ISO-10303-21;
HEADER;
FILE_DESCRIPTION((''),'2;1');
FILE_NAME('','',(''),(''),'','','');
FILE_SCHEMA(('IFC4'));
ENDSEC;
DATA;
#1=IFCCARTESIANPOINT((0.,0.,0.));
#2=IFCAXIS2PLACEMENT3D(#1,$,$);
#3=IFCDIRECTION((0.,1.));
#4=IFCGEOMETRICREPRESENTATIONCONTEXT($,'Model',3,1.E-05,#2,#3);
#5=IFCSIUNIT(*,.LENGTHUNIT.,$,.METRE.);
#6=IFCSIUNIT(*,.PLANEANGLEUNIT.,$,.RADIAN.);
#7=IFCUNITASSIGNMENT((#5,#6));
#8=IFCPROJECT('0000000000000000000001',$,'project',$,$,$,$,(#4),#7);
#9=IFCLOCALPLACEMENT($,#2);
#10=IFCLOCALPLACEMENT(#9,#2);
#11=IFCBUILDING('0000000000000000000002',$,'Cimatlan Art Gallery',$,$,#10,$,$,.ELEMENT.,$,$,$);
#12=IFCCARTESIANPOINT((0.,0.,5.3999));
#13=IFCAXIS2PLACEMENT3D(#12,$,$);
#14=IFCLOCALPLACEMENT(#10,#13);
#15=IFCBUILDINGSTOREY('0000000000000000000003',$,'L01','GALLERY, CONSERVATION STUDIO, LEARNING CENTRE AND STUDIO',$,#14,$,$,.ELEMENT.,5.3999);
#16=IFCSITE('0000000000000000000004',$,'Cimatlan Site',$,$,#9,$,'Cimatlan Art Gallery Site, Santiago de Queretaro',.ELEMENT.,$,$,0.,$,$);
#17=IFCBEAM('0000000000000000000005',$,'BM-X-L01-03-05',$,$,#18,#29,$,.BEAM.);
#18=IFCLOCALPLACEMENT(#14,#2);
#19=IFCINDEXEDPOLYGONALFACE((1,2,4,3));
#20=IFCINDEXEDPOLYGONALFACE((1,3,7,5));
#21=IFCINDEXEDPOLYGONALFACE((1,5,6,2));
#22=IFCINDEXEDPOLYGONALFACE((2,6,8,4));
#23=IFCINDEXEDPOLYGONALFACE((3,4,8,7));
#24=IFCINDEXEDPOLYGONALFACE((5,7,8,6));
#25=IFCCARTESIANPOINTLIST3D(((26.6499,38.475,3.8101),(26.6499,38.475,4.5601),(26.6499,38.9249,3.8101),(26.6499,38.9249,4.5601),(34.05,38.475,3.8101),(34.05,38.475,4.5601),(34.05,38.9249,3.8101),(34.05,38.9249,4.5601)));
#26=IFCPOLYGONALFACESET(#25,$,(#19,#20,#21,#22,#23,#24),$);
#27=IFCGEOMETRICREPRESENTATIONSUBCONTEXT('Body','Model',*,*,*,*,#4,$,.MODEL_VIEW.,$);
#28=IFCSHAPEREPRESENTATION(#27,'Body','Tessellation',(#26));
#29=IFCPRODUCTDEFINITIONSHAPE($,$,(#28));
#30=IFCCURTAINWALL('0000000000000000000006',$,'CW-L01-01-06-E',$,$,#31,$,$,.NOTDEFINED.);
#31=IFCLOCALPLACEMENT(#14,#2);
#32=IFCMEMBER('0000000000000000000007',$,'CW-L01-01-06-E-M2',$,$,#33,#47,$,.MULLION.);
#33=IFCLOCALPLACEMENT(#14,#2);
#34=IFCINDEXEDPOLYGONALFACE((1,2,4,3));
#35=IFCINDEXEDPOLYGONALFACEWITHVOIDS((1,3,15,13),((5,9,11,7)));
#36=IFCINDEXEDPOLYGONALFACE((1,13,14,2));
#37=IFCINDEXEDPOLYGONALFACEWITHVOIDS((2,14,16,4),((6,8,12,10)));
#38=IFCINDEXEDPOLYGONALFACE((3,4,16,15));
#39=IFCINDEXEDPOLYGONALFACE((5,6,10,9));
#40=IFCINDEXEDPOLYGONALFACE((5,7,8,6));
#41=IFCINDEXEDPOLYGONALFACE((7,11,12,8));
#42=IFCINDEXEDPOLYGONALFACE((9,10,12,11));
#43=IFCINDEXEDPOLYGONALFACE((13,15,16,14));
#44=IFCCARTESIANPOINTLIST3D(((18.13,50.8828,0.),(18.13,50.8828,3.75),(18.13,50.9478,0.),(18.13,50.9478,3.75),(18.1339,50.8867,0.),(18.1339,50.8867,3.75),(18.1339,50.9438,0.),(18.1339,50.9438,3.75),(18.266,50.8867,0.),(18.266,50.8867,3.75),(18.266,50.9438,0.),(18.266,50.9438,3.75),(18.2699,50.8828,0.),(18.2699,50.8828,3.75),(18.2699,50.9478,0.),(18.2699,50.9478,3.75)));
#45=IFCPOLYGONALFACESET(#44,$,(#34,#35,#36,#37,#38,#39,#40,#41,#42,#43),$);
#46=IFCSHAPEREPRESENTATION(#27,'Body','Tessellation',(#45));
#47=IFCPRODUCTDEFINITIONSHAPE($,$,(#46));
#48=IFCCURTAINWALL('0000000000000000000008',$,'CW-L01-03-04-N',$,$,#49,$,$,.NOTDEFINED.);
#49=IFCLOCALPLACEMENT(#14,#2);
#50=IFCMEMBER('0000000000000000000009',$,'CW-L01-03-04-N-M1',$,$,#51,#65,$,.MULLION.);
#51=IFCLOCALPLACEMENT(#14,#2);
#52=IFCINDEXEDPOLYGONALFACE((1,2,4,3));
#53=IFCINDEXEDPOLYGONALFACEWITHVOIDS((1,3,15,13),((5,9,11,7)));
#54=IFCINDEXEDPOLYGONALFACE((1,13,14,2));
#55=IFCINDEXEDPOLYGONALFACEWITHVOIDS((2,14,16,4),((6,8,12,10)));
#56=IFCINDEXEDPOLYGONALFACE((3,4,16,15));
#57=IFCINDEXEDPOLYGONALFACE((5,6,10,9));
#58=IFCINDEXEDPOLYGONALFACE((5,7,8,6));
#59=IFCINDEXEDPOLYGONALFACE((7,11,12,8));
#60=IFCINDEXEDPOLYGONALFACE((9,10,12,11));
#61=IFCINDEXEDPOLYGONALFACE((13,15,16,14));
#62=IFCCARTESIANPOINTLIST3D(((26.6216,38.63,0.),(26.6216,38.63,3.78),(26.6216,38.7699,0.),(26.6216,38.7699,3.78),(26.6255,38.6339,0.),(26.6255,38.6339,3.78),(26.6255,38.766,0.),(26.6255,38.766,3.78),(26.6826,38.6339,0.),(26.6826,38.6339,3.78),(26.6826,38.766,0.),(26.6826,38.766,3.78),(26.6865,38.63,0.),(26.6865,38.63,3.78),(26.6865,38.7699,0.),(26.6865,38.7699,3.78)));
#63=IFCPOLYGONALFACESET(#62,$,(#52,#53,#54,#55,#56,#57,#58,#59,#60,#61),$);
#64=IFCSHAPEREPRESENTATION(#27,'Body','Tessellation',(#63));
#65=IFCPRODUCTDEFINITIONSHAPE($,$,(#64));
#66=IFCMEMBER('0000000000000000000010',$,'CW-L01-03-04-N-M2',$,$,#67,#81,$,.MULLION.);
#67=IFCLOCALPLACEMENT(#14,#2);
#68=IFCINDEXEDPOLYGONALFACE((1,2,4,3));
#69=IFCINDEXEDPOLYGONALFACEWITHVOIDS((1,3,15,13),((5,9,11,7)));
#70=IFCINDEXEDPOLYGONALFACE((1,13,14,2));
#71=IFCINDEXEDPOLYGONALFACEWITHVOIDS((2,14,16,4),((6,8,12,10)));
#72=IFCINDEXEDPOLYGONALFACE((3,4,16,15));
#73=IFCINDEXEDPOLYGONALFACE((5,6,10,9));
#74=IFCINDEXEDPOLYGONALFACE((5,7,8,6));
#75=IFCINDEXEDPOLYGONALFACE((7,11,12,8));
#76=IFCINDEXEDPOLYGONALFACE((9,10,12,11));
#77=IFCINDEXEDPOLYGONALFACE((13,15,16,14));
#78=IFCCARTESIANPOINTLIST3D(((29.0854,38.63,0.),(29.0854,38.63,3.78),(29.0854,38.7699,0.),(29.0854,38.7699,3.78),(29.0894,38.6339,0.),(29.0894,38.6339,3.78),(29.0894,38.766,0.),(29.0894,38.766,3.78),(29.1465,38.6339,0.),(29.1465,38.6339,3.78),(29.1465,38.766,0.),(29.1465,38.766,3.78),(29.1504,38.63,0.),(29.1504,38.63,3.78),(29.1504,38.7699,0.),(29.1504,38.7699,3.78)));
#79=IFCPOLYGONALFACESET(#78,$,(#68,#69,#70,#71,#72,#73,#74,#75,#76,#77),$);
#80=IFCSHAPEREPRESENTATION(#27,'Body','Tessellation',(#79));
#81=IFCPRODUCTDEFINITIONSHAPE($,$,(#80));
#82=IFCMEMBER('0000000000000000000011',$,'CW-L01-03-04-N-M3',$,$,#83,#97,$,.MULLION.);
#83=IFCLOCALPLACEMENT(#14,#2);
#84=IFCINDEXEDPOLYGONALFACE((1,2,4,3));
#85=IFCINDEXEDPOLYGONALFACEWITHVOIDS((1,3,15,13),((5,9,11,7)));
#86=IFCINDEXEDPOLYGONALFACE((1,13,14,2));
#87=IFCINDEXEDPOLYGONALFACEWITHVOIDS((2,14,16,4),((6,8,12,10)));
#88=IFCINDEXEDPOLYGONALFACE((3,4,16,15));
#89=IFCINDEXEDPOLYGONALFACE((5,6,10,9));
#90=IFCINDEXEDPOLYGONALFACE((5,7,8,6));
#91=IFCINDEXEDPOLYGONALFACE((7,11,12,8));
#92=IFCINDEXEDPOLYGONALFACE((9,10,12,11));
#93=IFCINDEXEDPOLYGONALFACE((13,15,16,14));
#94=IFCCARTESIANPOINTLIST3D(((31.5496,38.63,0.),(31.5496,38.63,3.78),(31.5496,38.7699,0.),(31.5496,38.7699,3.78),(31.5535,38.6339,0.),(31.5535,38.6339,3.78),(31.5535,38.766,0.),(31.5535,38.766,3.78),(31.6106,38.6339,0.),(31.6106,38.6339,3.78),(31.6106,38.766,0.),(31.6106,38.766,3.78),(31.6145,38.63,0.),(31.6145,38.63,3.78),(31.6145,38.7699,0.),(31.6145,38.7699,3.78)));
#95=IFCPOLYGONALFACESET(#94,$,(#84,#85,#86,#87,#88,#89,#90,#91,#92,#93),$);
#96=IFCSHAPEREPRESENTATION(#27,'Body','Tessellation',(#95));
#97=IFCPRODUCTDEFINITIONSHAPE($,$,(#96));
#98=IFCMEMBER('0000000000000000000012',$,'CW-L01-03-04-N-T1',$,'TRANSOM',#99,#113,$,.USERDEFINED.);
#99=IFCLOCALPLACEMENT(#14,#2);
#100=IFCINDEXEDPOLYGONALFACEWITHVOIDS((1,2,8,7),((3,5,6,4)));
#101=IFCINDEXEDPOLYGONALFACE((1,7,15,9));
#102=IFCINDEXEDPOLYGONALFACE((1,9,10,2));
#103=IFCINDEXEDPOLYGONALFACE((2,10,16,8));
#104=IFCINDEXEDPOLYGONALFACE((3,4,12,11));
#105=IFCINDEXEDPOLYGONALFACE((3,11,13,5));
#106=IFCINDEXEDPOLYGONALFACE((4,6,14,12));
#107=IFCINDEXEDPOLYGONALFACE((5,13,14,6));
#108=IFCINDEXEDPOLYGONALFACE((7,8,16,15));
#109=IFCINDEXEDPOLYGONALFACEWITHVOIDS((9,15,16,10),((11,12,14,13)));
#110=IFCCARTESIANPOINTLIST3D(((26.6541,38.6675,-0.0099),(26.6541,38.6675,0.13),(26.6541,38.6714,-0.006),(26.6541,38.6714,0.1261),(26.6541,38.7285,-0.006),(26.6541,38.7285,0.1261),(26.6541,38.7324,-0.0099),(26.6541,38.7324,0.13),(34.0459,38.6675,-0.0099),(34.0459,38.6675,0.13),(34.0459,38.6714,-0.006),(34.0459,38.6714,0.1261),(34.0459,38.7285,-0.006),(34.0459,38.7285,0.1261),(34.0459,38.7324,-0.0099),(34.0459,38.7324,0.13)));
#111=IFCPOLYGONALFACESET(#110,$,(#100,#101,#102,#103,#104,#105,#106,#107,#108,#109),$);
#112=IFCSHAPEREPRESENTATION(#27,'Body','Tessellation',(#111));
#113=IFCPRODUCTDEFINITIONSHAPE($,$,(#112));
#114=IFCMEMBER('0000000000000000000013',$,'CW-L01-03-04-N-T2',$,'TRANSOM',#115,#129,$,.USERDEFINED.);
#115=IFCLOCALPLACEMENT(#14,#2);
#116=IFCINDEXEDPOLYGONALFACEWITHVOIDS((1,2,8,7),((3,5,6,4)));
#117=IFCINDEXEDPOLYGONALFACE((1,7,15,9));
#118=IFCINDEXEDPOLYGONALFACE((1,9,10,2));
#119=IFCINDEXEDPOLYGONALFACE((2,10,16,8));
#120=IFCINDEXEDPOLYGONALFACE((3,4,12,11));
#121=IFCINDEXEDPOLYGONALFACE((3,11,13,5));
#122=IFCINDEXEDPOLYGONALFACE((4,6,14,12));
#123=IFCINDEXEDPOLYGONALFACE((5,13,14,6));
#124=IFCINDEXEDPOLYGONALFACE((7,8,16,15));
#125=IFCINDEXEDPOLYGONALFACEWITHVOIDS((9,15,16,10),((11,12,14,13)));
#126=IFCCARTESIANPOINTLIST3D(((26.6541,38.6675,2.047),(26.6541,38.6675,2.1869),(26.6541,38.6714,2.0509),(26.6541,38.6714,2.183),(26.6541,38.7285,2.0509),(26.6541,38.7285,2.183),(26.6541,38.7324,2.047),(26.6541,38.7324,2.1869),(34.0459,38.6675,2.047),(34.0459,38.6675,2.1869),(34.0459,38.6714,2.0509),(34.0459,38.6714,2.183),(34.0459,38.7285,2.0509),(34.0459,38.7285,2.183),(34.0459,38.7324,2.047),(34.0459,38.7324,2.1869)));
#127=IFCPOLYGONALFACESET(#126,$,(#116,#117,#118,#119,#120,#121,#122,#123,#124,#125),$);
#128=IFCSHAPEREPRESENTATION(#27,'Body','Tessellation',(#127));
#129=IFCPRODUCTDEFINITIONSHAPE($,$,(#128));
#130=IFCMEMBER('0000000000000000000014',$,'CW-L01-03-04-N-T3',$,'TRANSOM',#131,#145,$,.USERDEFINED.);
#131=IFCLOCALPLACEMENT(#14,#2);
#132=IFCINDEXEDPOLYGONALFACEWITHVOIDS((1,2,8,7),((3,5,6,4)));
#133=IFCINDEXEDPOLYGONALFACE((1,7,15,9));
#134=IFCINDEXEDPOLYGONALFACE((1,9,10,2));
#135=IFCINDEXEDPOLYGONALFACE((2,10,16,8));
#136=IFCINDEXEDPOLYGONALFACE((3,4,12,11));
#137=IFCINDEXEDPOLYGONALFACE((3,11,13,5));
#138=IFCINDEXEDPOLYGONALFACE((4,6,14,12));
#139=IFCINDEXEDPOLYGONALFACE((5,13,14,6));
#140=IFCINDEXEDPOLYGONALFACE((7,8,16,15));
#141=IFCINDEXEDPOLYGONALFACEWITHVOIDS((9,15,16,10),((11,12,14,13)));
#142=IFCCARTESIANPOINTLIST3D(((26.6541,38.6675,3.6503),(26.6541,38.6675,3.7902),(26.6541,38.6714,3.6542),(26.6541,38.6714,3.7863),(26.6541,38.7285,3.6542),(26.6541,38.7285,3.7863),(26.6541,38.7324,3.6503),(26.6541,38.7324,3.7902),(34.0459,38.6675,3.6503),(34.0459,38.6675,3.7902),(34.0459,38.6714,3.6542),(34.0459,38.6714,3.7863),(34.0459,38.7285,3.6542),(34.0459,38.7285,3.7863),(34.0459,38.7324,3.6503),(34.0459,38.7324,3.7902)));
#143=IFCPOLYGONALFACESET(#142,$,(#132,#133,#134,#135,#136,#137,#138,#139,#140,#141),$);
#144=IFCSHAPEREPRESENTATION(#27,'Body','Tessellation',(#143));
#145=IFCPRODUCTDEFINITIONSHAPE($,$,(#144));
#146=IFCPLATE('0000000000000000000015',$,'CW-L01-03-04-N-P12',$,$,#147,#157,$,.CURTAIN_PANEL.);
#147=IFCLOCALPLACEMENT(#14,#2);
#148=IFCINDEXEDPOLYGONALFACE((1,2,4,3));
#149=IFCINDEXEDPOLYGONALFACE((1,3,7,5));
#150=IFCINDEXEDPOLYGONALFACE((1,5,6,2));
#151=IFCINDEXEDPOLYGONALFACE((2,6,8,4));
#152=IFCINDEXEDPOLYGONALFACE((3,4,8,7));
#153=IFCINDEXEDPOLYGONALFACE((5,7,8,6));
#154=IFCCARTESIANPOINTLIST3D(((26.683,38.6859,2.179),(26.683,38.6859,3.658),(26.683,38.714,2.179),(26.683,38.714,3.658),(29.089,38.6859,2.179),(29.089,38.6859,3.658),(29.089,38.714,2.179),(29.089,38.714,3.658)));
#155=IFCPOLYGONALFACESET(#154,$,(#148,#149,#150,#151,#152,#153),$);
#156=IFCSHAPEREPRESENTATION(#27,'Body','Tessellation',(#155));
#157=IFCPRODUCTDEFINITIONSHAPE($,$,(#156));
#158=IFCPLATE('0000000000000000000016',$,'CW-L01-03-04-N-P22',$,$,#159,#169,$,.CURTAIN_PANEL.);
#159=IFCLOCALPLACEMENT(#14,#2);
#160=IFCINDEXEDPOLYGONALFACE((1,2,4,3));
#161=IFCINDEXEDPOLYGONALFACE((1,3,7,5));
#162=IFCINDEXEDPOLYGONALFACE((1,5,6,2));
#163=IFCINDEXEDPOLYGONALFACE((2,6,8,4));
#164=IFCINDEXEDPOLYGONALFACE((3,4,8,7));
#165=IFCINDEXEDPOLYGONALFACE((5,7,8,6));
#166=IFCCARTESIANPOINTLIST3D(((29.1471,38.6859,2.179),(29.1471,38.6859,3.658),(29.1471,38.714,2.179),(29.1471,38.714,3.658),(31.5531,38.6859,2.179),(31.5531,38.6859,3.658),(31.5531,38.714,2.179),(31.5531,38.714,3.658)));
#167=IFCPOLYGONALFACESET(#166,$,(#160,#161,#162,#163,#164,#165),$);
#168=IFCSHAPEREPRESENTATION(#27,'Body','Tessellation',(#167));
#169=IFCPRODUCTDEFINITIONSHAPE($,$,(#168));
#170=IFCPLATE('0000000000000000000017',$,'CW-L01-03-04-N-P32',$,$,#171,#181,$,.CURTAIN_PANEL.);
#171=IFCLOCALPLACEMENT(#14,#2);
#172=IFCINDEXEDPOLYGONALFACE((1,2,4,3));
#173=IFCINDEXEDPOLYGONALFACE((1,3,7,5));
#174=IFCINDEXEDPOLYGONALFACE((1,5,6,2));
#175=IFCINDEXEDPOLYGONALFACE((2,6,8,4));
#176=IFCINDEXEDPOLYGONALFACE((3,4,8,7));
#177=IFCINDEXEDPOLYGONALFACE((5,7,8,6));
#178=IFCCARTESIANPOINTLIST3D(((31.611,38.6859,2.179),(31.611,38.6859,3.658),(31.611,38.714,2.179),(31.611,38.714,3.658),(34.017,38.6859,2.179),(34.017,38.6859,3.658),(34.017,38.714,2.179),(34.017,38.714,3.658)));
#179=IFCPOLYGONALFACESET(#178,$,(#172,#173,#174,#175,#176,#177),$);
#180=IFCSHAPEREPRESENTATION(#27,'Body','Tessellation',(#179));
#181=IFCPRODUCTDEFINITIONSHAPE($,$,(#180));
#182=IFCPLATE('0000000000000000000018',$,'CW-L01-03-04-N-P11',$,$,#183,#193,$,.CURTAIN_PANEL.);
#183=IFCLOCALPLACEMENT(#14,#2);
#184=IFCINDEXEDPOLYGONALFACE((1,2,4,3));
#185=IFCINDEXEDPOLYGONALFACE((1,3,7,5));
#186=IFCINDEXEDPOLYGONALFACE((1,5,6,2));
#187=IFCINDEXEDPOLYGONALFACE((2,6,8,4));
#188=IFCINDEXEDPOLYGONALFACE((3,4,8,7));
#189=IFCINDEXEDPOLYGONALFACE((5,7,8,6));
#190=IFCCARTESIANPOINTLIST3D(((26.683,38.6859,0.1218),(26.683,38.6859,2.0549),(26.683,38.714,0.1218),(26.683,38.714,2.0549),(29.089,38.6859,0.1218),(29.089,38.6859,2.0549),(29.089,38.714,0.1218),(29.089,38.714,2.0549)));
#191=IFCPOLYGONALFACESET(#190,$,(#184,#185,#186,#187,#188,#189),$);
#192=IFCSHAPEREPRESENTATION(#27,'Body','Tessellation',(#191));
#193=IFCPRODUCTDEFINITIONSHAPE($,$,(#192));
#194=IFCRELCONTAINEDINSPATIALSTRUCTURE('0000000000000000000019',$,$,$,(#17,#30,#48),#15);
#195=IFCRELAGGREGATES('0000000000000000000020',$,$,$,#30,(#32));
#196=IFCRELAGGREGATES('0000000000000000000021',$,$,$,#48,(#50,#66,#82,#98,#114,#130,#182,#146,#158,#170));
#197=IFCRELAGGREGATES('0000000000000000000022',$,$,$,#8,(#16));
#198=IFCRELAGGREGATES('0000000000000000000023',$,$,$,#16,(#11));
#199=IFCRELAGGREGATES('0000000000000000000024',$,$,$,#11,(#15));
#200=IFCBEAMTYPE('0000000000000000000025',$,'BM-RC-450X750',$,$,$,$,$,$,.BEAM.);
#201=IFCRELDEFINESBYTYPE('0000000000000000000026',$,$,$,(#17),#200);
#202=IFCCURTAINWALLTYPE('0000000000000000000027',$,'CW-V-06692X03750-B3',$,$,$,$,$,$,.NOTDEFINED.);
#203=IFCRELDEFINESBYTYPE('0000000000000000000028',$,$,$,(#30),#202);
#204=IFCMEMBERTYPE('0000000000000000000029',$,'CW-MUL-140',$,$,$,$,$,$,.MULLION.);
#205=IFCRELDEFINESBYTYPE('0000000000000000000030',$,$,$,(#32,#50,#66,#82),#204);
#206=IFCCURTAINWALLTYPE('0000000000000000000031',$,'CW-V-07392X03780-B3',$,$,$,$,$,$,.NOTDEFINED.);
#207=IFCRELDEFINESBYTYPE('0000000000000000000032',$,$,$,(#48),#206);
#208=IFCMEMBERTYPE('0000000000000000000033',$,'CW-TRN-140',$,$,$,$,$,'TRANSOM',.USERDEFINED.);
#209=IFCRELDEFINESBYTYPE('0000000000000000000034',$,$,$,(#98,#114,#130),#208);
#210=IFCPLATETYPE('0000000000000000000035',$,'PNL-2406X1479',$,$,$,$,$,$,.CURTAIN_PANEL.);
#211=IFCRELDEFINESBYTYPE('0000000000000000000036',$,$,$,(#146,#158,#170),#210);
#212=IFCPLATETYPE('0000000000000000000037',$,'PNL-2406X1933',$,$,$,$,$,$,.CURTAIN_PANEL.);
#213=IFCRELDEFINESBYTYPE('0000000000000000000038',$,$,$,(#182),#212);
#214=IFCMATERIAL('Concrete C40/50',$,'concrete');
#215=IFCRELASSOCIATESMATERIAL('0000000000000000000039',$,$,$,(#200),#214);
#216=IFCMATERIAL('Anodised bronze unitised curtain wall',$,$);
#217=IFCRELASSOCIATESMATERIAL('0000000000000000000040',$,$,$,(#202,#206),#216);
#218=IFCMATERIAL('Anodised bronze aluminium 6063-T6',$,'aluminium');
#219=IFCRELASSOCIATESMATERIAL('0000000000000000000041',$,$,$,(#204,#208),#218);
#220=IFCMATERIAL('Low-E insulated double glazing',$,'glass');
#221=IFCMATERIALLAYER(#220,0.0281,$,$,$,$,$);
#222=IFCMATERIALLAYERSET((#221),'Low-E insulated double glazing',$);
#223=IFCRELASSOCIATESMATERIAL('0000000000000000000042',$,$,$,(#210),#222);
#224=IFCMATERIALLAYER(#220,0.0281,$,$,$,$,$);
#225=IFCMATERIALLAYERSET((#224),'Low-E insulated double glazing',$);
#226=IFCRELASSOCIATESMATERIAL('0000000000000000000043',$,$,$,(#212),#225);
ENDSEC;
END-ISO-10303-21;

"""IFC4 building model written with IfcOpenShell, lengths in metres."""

from ifc_helpers import new_model, si_unit, direction, frame, origin, origin_2d, place, context, subcontext, project, spatial, rectangle, hollow_rectangle, extrude, material, layer, layer_set, material_profile, profile_set, type_object, element, aggregate, save


model = new_model("IFC4")

# Units and contexts
model_context = context("Model", 3, precision=1e-05, world=origin(), true_north=direction((0.0, 1.0)))
body_context = subcontext(model_context, "Body", "Model", "MODEL_VIEW")
ifc_project = project(units=[si_unit("LENGTHUNIT", "METRE"), si_unit("PLANEANGLEUNIT", "RADIAN")], contexts=[model_context])

# Site, building, storey
site_placement = place(None, origin())
site = spatial("IfcSite", under=ifc_project, at=site_placement, Name="Cimatlan Site", LongName="Cimatlan Art Gallery Site, Santiago de Queretaro", CompositionType="ELEMENT", RefElevation=0.0)
building_placement = place(site_placement, origin())
building = spatial("IfcBuilding", under=site, at=building_placement, Name="Cimatlan Art Gallery", CompositionType="ELEMENT")
storey_placement = place(building_placement, frame((0.0, 0.0, 5.3999)))
storey = spatial("IfcBuildingStorey", under=building, at=storey_placement, Name="L01", Description="GALLERY, CONSERVATION STUDIO, LEARNING CENTRE AND STUDIO", CompositionType="ELEMENT", Elevation=5.3999)

# Beam
ifc_material_1 = material(Name="Concrete C40/50", Category="concrete")
ifc_material_profile_1 = material_profile(ifc_material_1, rectangle(XDim=0.45, YDim=0.75, at=origin_2d()), Name="RC450X750")
ifc_profile_set_1 = profile_set([ifc_material_profile_1], Name="Concrete C40/50")
beam_type = type_object("IfcBeamType", Name="BM-RC-450X750", PredefinedType="BEAM", material=ifc_profile_set_1)
beam_placement = place(storey_placement, frame((26.6499, 38.7, 4.1851), z_axis=(1.0, 0.0, 0.0), x_axis=(0.0, 1.0, 0.0)))
element("IfcBeam", 1, at=beam_placement, inside=storey, type_object=beam_type, Name="BM-X-L01-03-05", PredefinedType="BEAM", context=body_context, shape_type="SweptSolid", body=[
    extrude(rectangle(XDim=0.45, YDim=0.75, at=origin_2d()), origin(), (0.0, 0.0, 1.0), 7.4001),
])

# Curtain wall, member
ifc_material_2 = material(Name="Anodised bronze unitised curtain wall")
curtain_wall_type_1 = type_object("IfcCurtainWallType", Name="CW-V-06692X03750-B3", PredefinedType="NOTDEFINED", material=ifc_material_2)
curtain_wall_1_placement = place(storey_placement, origin())
curtain_wall_1 = element("IfcCurtainWall", 2, at=curtain_wall_1_placement, inside=storey, type_object=curtain_wall_type_1, Name="CW-L01-01-06-E", PredefinedType="NOTDEFINED")
ifc_material_3 = material(Name="Anodised bronze aluminium 6063-T6", Category="aluminium")
ifc_material_profile_2 = material_profile(ifc_material_3, hollow_rectangle(XDim=0.0649, YDim=0.1399, WallThickness=0.0039, at=origin_2d()), Name="ALU65X140X4")
ifc_profile_set_2 = profile_set([ifc_material_profile_2], Name="Anodised bronze aluminium 6063-T6")
member_type_1 = type_object("IfcMemberType", Name="CW-MUL-140", PredefinedType="MULLION", material=ifc_profile_set_2)
member_1_placement = place(storey_placement, frame((18.2, 50.9153, 0.0), z_axis=(0.0, 0.0, 1.0), x_axis=(0.0, 1.0, 0.0)))
member_1 = element("IfcMember", 3, at=member_1_placement, type_object=member_type_1, Name="CW-L01-01-06-E-M2", PredefinedType="MULLION", context=body_context, shape_type="SweptSolid", body=[
    extrude(hollow_rectangle(XDim=0.0649, YDim=0.1399, WallThickness=0.0039, at=origin_2d()), origin(), (0.0, 0.0, 1.0), 3.75),
])
aggregate(curtain_wall_1, [member_1])

# Curtain wall, members, plates
curtain_wall_type_2 = type_object("IfcCurtainWallType", Name="CW-V-07392X03780-B3", PredefinedType="NOTDEFINED", material=ifc_material_2)
curtain_wall_2_placement = place(storey_placement, origin())
curtain_wall_2 = element("IfcCurtainWall", 4, at=curtain_wall_2_placement, inside=storey, type_object=curtain_wall_type_2, Name="CW-L01-03-04-N", PredefinedType="NOTDEFINED")
member_2_placement = place(storey_placement, frame((26.6541, 38.7, 0.0), z_axis=(0.0, 0.0, 1.0), x_axis=(1.0, 0.0, 0.0)))
member_2 = element("IfcMember", 5, at=member_2_placement, type_object=member_type_1, Name="CW-L01-03-04-N-M1", PredefinedType="MULLION", context=body_context, shape_type="SweptSolid", body=[
    extrude(hollow_rectangle(XDim=0.0649, YDim=0.1399, WallThickness=0.0039, at=origin_2d()), origin(), (0.0, 0.0, 1.0), 3.78),
])
member_3_placement = place(storey_placement, frame((29.1179, 38.7, 0.0), z_axis=(0.0, 0.0, 1.0), x_axis=(1.0, 0.0, 0.0)))
member_3 = element("IfcMember", 6, at=member_3_placement, type_object=member_type_1, Name="CW-L01-03-04-N-M2", PredefinedType="MULLION", context=body_context, shape_type="SweptSolid", body=[
    extrude(hollow_rectangle(XDim=0.0649, YDim=0.1399, WallThickness=0.0039, at=origin_2d()), origin(), (0.0, 0.0, 1.0), 3.78),
])
member_4_placement = place(storey_placement, frame((31.582, 38.7, 0.0), z_axis=(0.0, 0.0, 1.0), x_axis=(1.0, 0.0, 0.0)))
member_4 = element("IfcMember", 7, at=member_4_placement, type_object=member_type_1, Name="CW-L01-03-04-N-M3", PredefinedType="MULLION", context=body_context, shape_type="SweptSolid", body=[
    extrude(hollow_rectangle(XDim=0.0649, YDim=0.1399, WallThickness=0.0039, at=origin_2d()), origin(), (0.0, 0.0, 1.0), 3.78),
])
ifc_material_profile_3 = material_profile(ifc_material_3, hollow_rectangle(XDim=0.0649, YDim=0.1399, WallThickness=0.0039, at=origin_2d()), Name="ALU65X140X4")
ifc_profile_set_3 = profile_set([ifc_material_profile_3], Name="Anodised bronze aluminium 6063-T6")
member_type_2 = type_object("IfcMemberType", Name="CW-TRN-140", ElementType="TRANSOM", PredefinedType="USERDEFINED", material=ifc_profile_set_3)
member_5_placement = place(storey_placement, frame((26.6541, 38.7, 0.0601), z_axis=(1.0, 0.0, 0.0), x_axis=(0.0, 1.0, 0.0)))
member_5 = element("IfcMember", 8, at=member_5_placement, type_object=member_type_2, Name="CW-L01-03-04-N-T1", ObjectType="TRANSOM", PredefinedType="USERDEFINED", context=body_context, shape_type="SweptSolid", body=[
    extrude(hollow_rectangle(XDim=0.0649, YDim=0.1399, WallThickness=0.0039, at=origin_2d()), origin(), (0.0, 0.0, 1.0), 7.3918),
])
member_6_placement = place(storey_placement, frame((26.6541, 38.7, 2.1169), z_axis=(1.0, 0.0, 0.0), x_axis=(0.0, 1.0, 0.0)))
member_6 = element("IfcMember", 9, at=member_6_placement, type_object=member_type_2, Name="CW-L01-03-04-N-T2", ObjectType="TRANSOM", PredefinedType="USERDEFINED", context=body_context, shape_type="SweptSolid", body=[
    extrude(hollow_rectangle(XDim=0.0649, YDim=0.1399, WallThickness=0.0039, at=origin_2d()), origin(), (0.0, 0.0, 1.0), 7.3918),
])
member_7_placement = place(storey_placement, frame((26.6541, 38.7, 3.7202), z_axis=(1.0, 0.0, 0.0), x_axis=(0.0, 1.0, 0.0)))
member_7 = element("IfcMember", 10, at=member_7_placement, type_object=member_type_2, Name="CW-L01-03-04-N-T3", ObjectType="TRANSOM", PredefinedType="USERDEFINED", context=body_context, shape_type="SweptSolid", body=[
    extrude(hollow_rectangle(XDim=0.0649, YDim=0.1399, WallThickness=0.0039, at=origin_2d()), origin(), (0.0, 0.0, 1.0), 7.3918),
])
ifc_material_4 = material(Name="Low-E insulated double glazing", Category="glass")
ifc_layer_1 = layer(ifc_material_4, 0.0281)
ifc_layer_set_1 = layer_set([ifc_layer_1], Name="Low-E insulated double glazing")
plate_type_1 = type_object("IfcPlateType", Name="PNL-2406X1479", PredefinedType="CURTAIN_PANEL", material=ifc_layer_set_1)
plate_1_placement = place(storey_placement, frame((27.886, 38.7, 2.179), z_axis=(0.0, 0.0, 1.0), x_axis=(1.0, 0.0, 0.0)))
plate_1 = element("IfcPlate", 11, at=plate_1_placement, type_object=plate_type_1, Name="CW-L01-03-04-N-P12", PredefinedType="CURTAIN_PANEL", context=body_context, shape_type="SweptSolid", body=[
    extrude(rectangle(XDim=2.406, YDim=0.0281, at=origin_2d()), origin(), (0.0, 0.0, 1.0), 1.479),
])
plate_2_placement = place(storey_placement, frame((30.3501, 38.7, 2.179), z_axis=(0.0, 0.0, 1.0), x_axis=(1.0, 0.0, 0.0)))
plate_2 = element("IfcPlate", 12, at=plate_2_placement, type_object=plate_type_1, Name="CW-L01-03-04-N-P22", PredefinedType="CURTAIN_PANEL", context=body_context, shape_type="SweptSolid", body=[
    extrude(rectangle(XDim=2.406, YDim=0.0281, at=origin_2d()), origin(), (0.0, 0.0, 1.0), 1.479),
])
plate_3_placement = place(storey_placement, frame((32.814, 38.7, 2.179), z_axis=(0.0, 0.0, 1.0), x_axis=(1.0, 0.0, 0.0)))
plate_3 = element("IfcPlate", 13, at=plate_3_placement, type_object=plate_type_1, Name="CW-L01-03-04-N-P32", PredefinedType="CURTAIN_PANEL", context=body_context, shape_type="SweptSolid", body=[
    extrude(rectangle(XDim=2.406, YDim=0.0281, at=origin_2d()), origin(), (0.0, 0.0, 1.0), 1.479),
])
ifc_layer_2 = layer(ifc_material_4, 0.0281)
ifc_layer_set_2 = layer_set([ifc_layer_2], Name="Low-E insulated double glazing")
plate_type_2 = type_object("IfcPlateType", Name="PNL-2406X1933", PredefinedType="CURTAIN_PANEL", material=ifc_layer_set_2)
plate_4_placement = place(storey_placement, frame((27.886, 38.7, 0.1218), z_axis=(0.0, 0.0, 1.0), x_axis=(1.0, 0.0, 0.0)))
plate_4 = element("IfcPlate", 14, at=plate_4_placement, type_object=plate_type_2, Name="CW-L01-03-04-N-P11", PredefinedType="CURTAIN_PANEL", context=body_context, shape_type="SweptSolid", body=[
    extrude(rectangle(XDim=2.406, YDim=0.0281, at=origin_2d()), origin(), (0.0, 0.0, 1.0), 1.9331),
])
aggregate(curtain_wall_2, [member_2, member_3, member_4, member_5, member_6, member_7, plate_4, plate_1, plate_2, plate_3])

save(model, "model.ifc")
